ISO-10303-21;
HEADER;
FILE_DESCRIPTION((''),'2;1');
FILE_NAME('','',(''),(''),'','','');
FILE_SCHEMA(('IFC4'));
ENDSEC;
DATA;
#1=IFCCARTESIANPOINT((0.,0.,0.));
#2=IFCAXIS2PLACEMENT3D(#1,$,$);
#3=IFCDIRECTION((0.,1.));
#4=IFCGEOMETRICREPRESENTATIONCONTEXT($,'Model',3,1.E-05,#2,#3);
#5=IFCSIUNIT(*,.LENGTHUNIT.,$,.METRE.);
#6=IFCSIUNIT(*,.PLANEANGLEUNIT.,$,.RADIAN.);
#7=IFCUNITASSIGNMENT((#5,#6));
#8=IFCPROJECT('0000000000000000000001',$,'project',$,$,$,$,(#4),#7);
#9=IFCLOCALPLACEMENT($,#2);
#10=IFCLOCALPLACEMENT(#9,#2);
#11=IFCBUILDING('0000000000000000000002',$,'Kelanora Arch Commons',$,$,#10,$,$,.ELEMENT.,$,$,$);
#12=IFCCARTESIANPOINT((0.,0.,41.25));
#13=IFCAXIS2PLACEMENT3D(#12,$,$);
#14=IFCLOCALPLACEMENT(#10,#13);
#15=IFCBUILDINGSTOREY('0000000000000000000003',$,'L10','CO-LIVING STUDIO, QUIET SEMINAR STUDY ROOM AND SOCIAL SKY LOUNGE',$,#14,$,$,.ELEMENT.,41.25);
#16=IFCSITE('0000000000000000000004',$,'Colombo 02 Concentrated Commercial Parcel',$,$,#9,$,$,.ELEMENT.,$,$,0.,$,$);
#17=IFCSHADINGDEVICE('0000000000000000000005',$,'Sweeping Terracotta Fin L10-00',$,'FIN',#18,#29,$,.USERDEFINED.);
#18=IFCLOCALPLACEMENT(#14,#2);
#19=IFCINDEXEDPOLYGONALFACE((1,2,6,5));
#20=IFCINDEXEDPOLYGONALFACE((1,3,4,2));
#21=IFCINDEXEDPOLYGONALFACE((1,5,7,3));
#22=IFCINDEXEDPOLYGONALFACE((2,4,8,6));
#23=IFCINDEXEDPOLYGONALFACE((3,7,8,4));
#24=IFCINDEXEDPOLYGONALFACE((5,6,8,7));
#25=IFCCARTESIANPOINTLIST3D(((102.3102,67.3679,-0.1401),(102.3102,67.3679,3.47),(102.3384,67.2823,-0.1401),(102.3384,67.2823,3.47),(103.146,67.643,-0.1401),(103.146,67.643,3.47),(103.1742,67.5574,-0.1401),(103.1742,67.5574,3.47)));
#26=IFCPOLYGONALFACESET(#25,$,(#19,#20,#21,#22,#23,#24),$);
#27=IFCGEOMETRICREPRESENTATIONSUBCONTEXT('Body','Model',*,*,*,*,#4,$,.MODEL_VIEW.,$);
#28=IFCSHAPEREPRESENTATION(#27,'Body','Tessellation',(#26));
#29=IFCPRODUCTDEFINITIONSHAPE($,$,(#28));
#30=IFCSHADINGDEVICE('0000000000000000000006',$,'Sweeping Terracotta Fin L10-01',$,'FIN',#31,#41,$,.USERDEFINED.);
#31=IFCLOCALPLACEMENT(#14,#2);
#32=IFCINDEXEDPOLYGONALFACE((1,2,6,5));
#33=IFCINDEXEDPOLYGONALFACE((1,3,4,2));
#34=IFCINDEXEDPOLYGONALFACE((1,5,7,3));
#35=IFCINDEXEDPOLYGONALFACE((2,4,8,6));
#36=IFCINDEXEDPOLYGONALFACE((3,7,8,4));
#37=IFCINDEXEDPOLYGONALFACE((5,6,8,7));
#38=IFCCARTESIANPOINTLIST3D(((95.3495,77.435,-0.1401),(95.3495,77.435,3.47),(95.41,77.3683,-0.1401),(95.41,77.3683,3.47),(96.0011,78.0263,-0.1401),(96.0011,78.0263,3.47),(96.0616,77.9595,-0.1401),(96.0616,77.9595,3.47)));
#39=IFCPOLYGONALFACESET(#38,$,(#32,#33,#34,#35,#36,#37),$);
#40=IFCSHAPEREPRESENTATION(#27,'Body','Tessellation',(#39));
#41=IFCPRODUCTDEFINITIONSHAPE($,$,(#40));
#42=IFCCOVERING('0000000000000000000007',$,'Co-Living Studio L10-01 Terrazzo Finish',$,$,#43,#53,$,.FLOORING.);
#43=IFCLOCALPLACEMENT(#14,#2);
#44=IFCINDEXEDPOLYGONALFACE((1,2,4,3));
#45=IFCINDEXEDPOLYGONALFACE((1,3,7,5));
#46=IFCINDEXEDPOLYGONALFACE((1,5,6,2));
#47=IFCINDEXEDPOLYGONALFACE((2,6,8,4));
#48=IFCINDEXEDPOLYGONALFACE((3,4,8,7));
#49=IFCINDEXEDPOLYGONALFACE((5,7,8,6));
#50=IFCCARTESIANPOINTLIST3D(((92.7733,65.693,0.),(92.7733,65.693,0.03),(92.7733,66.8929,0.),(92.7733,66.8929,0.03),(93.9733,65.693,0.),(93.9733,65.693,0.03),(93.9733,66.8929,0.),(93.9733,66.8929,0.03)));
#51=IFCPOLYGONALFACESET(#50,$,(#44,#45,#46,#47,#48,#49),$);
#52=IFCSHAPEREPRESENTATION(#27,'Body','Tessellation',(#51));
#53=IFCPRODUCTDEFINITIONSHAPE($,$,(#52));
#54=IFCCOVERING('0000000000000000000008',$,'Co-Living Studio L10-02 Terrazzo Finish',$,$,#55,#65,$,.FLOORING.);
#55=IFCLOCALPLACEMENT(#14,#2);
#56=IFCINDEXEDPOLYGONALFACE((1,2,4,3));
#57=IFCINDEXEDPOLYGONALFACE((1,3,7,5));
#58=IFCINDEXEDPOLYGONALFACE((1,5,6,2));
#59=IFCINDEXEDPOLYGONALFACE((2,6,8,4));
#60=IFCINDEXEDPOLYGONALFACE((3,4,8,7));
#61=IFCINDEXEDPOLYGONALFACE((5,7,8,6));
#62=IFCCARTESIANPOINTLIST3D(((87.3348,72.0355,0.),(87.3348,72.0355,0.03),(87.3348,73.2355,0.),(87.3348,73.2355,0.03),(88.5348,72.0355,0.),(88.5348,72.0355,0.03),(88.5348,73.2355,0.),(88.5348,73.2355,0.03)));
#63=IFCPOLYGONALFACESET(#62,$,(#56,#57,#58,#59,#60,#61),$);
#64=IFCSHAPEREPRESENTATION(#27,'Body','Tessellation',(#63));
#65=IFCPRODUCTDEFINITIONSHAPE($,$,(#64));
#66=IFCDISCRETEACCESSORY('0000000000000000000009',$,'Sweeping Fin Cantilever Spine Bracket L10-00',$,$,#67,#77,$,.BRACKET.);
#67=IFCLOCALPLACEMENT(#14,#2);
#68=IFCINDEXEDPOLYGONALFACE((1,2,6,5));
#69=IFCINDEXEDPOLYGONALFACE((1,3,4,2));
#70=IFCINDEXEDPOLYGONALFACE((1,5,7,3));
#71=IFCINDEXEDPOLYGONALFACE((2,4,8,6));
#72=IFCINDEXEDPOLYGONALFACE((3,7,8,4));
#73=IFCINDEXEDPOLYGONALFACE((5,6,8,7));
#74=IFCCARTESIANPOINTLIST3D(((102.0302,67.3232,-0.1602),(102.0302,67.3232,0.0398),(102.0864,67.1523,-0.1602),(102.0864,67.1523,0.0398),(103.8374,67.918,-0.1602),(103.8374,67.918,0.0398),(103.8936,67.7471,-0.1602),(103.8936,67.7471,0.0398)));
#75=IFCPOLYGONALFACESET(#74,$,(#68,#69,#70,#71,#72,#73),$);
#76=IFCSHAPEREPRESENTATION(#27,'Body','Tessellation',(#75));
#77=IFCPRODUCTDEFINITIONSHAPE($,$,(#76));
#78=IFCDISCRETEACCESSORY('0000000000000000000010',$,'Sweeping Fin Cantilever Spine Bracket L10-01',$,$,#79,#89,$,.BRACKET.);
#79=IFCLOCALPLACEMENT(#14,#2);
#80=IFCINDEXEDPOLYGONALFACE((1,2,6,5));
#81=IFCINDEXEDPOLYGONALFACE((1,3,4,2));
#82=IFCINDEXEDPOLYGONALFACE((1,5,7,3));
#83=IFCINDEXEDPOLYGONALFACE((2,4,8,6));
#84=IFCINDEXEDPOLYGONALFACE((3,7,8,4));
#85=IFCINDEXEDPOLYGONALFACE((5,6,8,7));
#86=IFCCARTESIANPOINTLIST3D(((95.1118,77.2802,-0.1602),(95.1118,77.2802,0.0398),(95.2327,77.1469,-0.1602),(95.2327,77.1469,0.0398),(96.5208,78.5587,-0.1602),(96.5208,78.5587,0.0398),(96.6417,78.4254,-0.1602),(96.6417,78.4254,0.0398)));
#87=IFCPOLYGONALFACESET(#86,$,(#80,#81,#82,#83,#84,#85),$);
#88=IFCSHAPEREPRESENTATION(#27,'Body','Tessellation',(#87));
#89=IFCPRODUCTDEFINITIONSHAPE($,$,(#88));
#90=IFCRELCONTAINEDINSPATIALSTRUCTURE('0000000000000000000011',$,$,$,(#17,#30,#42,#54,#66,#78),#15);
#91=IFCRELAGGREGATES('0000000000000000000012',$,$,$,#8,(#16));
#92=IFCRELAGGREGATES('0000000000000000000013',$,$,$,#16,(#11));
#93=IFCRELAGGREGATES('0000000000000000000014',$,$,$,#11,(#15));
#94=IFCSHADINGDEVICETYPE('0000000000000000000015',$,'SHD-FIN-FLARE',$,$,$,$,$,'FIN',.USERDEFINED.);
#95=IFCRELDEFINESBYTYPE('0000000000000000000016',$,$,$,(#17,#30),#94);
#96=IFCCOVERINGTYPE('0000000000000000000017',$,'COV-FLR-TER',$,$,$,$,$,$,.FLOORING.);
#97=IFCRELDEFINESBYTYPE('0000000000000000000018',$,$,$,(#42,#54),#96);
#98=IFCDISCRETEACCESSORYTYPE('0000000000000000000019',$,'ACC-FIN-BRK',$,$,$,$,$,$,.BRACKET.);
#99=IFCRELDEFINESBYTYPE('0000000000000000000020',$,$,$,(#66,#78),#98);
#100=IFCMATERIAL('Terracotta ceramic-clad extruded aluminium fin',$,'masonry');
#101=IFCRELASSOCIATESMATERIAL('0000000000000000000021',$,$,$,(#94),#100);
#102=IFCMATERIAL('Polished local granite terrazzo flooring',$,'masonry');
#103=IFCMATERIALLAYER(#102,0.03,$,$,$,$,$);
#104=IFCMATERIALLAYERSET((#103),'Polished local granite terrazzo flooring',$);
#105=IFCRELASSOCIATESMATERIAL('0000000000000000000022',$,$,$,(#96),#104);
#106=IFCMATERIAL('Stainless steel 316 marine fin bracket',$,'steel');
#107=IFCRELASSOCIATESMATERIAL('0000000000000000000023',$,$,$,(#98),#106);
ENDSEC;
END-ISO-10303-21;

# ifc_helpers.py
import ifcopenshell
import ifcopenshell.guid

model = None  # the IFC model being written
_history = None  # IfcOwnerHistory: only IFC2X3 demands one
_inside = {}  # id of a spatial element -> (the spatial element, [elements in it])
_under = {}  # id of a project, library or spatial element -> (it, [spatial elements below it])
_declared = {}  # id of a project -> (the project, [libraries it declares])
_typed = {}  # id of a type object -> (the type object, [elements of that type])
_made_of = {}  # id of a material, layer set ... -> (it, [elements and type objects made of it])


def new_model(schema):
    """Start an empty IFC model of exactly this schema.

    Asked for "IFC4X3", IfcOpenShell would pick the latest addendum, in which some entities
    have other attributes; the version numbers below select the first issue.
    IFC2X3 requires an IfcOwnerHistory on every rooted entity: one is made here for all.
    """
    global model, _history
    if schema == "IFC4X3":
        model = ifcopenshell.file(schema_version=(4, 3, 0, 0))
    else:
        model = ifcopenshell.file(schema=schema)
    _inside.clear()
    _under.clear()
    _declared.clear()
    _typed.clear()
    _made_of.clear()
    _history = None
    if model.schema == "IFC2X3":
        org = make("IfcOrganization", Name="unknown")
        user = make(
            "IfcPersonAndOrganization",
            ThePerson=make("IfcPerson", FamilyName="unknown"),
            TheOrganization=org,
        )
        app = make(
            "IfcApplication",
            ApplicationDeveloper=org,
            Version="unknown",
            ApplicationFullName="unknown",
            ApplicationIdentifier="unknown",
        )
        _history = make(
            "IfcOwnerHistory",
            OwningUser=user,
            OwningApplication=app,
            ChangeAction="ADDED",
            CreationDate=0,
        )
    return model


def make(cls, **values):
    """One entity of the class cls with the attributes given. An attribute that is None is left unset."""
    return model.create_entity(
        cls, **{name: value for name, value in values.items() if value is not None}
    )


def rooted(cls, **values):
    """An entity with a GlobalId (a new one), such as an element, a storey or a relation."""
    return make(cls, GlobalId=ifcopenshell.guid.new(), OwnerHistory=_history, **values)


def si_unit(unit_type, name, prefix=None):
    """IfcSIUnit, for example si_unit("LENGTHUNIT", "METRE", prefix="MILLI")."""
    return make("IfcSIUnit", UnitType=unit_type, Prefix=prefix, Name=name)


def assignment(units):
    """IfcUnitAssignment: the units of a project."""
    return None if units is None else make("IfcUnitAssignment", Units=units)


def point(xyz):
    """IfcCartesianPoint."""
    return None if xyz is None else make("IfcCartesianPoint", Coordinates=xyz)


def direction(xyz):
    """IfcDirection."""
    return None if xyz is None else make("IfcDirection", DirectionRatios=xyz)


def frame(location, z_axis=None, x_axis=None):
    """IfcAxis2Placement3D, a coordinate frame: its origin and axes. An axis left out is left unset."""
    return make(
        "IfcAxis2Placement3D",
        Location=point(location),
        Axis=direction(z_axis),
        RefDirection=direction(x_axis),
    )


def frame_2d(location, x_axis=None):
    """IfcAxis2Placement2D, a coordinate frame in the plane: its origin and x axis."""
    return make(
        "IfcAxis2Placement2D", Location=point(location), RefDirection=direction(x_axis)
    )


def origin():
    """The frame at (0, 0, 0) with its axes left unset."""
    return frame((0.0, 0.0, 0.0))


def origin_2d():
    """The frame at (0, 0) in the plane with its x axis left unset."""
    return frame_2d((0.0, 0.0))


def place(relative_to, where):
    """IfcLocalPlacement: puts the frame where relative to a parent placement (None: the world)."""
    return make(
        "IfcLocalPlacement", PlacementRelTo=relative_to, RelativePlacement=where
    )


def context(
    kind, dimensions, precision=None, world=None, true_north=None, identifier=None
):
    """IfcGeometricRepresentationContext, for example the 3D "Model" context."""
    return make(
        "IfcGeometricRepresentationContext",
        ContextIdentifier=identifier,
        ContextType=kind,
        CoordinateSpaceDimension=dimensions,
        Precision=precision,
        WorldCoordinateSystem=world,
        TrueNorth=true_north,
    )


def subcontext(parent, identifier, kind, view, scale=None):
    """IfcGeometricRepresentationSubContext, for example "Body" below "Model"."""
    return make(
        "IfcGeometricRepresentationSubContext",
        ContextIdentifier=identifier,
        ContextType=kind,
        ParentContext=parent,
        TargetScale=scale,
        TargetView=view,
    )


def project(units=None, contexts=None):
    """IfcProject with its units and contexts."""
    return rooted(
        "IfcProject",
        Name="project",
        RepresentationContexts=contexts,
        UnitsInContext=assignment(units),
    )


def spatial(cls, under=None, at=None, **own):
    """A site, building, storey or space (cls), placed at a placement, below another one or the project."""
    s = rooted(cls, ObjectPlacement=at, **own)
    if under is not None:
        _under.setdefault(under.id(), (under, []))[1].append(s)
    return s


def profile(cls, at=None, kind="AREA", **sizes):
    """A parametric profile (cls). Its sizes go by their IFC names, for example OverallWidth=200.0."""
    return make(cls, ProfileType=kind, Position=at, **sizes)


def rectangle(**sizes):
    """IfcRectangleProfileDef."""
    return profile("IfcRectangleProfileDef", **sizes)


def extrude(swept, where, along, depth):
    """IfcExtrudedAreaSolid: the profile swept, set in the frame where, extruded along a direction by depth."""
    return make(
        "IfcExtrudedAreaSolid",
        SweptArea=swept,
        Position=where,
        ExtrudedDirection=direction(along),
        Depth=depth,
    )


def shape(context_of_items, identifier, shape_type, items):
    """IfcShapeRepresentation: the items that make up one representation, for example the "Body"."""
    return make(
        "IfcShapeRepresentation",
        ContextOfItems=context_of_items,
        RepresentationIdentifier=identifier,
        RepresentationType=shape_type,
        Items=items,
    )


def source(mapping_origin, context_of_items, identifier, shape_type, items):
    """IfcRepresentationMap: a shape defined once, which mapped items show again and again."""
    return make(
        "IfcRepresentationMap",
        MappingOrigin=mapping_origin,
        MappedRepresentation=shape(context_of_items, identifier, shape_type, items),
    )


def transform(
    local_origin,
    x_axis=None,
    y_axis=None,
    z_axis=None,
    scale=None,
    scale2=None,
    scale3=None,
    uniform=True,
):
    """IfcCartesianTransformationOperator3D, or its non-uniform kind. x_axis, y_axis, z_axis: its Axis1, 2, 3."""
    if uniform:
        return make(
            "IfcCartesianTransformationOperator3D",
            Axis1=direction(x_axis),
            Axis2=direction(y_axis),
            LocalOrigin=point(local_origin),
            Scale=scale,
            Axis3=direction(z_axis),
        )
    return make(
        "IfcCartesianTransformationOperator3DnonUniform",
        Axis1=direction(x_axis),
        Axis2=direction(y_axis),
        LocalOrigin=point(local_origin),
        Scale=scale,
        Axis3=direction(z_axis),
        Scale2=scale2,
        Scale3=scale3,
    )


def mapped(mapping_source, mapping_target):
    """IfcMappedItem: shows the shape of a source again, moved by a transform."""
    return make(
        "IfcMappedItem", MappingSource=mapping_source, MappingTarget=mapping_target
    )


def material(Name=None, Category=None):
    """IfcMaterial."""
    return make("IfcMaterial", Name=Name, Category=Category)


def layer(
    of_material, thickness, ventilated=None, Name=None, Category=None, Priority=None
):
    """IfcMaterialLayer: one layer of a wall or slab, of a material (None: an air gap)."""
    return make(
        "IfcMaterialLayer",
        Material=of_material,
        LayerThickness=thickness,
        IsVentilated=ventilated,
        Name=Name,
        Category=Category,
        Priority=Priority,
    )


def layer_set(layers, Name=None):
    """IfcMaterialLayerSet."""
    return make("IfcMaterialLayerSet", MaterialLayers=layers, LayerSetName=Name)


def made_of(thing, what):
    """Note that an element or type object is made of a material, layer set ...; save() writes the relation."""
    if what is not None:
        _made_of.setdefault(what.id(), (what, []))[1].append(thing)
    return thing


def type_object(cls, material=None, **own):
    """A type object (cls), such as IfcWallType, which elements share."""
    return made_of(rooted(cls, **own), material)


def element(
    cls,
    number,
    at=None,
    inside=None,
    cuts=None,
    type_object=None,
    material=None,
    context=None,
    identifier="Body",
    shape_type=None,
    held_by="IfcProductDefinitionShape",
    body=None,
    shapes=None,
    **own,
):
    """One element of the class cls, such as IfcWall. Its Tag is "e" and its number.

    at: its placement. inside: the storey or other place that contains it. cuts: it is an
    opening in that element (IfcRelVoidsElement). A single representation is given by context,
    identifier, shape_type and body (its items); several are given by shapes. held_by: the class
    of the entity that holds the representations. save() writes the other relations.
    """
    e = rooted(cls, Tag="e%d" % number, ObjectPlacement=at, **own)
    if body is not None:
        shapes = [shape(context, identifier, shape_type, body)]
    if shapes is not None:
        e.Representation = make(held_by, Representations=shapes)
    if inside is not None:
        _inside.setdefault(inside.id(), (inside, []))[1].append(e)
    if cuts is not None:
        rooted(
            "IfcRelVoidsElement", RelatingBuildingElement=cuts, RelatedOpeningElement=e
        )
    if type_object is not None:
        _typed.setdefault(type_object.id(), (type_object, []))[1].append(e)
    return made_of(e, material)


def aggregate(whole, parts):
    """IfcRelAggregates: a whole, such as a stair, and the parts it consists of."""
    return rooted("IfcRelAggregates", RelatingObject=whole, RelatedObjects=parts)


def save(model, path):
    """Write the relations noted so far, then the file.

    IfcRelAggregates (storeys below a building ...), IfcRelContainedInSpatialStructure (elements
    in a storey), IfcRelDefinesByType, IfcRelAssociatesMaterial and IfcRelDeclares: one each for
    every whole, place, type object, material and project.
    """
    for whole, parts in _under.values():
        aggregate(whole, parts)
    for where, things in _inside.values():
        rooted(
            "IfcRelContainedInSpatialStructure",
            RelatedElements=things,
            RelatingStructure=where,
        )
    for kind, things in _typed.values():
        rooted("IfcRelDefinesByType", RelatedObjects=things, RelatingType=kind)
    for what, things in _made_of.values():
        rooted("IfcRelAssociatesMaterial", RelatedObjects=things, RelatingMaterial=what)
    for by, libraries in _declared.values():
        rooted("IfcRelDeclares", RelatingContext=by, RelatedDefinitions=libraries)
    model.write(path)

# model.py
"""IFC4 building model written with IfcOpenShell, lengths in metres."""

from ifc_helpers import new_model, si_unit, direction, frame, origin, origin_2d, place, context, subcontext, project, spatial, rectangle, extrude, source, transform, mapped, material, layer, layer_set, type_object, element, save


model = new_model("IFC4")

# Units and contexts
model_context = context("Model", 3, precision=1e-05, world=origin(), true_north=direction((0.0, 1.0)))
body_context = subcontext(model_context, "Body", "Model", "MODEL_VIEW")
ifc_project = project(units=[si_unit("LENGTHUNIT", "METRE"), si_unit("PLANEANGLEUNIT", "RADIAN")], contexts=[model_context])

# Site, building, storey
site_placement = place(None, origin())
site = spatial("IfcSite", under=ifc_project, at=site_placement, Name="Colombo 02 Concentrated Commercial Parcel", CompositionType="ELEMENT", RefElevation=0.0)
building_placement = place(site_placement, origin())
building = spatial("IfcBuilding", under=site, at=building_placement, Name="Kelanora Arch Commons", CompositionType="ELEMENT")
storey_placement = place(building_placement, frame((0.0, 0.0, 41.25)))
storey = spatial("IfcBuildingStorey", under=building, at=storey_placement, Name="L10", Description="CO-LIVING STUDIO, QUIET SEMINAR STUDY ROOM AND SOCIAL SKY LOUNGE", CompositionType="ELEMENT", Elevation=41.25)

# Shading devices
ifc_material_1 = material(Name="Terracotta ceramic-clad extruded aluminium fin", Category="masonry")
shading_device_type = type_object("IfcShadingDeviceType", Name="SHD-FIN-FLARE", ElementType="FIN", PredefinedType="USERDEFINED", material=ifc_material_1)
shared_shape_1 = source(origin(), body_context, "Body", "SweptSolid", [
    extrude(rectangle(XDim=0.8799, YDim=0.0901, at=origin_2d()), origin(), (0.0, 0.0, 1.0), 3.6101),
])
for number, where, z_axis, x_axis, name in (
    (1, (102.7422, 67.4626, -0.1401), (0.0, 0.0, 1.0), (0.949863, 0.312667, 0.0), "Sweeping Terracotta Fin L10-00"),
    (2, (95.7056, 77.6973, -0.1401), (0.0, 0.0, 1.0), (0.74057, 0.671979, 0.0), "Sweeping Terracotta Fin L10-01"),
):
    element("IfcShadingDevice", number, at=place(storey_placement, frame(where, z_axis=z_axis, x_axis=x_axis)), inside=storey, type_object=shading_device_type, Name=name, ObjectType="FIN", PredefinedType="USERDEFINED", context=body_context, shape_type="MappedRepresentation", body=[
        mapped(shared_shape_1, transform((0.0, 0.0, 0.0), scale=1.0)),
    ])

# Coverings
ifc_material_2 = material(Name="Polished local granite terrazzo flooring", Category="masonry")
ifc_layer_1 = layer(ifc_material_2, 0.03)
ifc_layer_set_1 = layer_set([ifc_layer_1], Name="Polished local granite terrazzo flooring")
covering_type = type_object("IfcCoveringType", Name="COV-FLR-TER", PredefinedType="FLOORING", material=ifc_layer_set_1)
shared_shape_2 = source(origin(), body_context, "Body", "SweptSolid", [
    extrude(rectangle(XDim=1.2, YDim=1.2, at=origin_2d()), origin(), (0.0, 0.0, 1.0), 0.03),
])
for number, where, z_axis, x_axis, name in (
    (3, (93.3733, 66.293, 0.0), (0.0, 0.0, 1.0), (1.0, 0.0, 0.0), "Co-Living Studio L10-01 Terrazzo Finish"),
    (4, (87.9348, 72.6355, 0.0), (0.0, 0.0, 1.0), (1.0, 0.0, 0.0), "Co-Living Studio L10-02 Terrazzo Finish"),
):
    element("IfcCovering", number, at=place(storey_placement, frame(where, z_axis=z_axis, x_axis=x_axis)), inside=storey, type_object=covering_type, Name=name, PredefinedType="FLOORING", context=body_context, shape_type="MappedRepresentation", body=[
        mapped(shared_shape_2, transform((0.0, 0.0, 0.0), scale=1.0)),
    ])

# Discrete accessories
ifc_material_3 = material(Name="Stainless steel 316 marine fin bracket", Category="steel")
discrete_accessory_type = type_object("IfcDiscreteAccessoryType", Name="ACC-FIN-BRK", PredefinedType="BRACKET", material=ifc_material_3)
shared_shape_3 = source(origin(), body_context, "Body", "SweptSolid", [
    extrude(rectangle(XDim=1.9026, YDim=0.1799, at=origin_2d()), origin(), (0.0, 0.0, 1.0), 0.2),
])
for number, where, z_axis, x_axis, name in (
    (5, (102.9619, 67.5352, -0.1602), (0.0, 0.0, 1.0), (0.949863, 0.312667, 0.0), "Sweeping Fin Cantilever Spine Bracket L10-00"),
    (6, (95.8767, 77.8528, -0.1602), (0.0, 0.0, 1.0), (0.74057, 0.671979, 0.0), "Sweeping Fin Cantilever Spine Bracket L10-01"),
):
    element("IfcDiscreteAccessory", number, at=place(storey_placement, frame(where, z_axis=z_axis, x_axis=x_axis)), inside=storey, type_object=discrete_accessory_type, Name=name, PredefinedType="BRACKET", context=body_context, shape_type="MappedRepresentation", body=[
        mapped(shared_shape_3, transform((0.0, 0.0, 0.0), scale=1.0)),
    ])

save(model, "model.ifc")
